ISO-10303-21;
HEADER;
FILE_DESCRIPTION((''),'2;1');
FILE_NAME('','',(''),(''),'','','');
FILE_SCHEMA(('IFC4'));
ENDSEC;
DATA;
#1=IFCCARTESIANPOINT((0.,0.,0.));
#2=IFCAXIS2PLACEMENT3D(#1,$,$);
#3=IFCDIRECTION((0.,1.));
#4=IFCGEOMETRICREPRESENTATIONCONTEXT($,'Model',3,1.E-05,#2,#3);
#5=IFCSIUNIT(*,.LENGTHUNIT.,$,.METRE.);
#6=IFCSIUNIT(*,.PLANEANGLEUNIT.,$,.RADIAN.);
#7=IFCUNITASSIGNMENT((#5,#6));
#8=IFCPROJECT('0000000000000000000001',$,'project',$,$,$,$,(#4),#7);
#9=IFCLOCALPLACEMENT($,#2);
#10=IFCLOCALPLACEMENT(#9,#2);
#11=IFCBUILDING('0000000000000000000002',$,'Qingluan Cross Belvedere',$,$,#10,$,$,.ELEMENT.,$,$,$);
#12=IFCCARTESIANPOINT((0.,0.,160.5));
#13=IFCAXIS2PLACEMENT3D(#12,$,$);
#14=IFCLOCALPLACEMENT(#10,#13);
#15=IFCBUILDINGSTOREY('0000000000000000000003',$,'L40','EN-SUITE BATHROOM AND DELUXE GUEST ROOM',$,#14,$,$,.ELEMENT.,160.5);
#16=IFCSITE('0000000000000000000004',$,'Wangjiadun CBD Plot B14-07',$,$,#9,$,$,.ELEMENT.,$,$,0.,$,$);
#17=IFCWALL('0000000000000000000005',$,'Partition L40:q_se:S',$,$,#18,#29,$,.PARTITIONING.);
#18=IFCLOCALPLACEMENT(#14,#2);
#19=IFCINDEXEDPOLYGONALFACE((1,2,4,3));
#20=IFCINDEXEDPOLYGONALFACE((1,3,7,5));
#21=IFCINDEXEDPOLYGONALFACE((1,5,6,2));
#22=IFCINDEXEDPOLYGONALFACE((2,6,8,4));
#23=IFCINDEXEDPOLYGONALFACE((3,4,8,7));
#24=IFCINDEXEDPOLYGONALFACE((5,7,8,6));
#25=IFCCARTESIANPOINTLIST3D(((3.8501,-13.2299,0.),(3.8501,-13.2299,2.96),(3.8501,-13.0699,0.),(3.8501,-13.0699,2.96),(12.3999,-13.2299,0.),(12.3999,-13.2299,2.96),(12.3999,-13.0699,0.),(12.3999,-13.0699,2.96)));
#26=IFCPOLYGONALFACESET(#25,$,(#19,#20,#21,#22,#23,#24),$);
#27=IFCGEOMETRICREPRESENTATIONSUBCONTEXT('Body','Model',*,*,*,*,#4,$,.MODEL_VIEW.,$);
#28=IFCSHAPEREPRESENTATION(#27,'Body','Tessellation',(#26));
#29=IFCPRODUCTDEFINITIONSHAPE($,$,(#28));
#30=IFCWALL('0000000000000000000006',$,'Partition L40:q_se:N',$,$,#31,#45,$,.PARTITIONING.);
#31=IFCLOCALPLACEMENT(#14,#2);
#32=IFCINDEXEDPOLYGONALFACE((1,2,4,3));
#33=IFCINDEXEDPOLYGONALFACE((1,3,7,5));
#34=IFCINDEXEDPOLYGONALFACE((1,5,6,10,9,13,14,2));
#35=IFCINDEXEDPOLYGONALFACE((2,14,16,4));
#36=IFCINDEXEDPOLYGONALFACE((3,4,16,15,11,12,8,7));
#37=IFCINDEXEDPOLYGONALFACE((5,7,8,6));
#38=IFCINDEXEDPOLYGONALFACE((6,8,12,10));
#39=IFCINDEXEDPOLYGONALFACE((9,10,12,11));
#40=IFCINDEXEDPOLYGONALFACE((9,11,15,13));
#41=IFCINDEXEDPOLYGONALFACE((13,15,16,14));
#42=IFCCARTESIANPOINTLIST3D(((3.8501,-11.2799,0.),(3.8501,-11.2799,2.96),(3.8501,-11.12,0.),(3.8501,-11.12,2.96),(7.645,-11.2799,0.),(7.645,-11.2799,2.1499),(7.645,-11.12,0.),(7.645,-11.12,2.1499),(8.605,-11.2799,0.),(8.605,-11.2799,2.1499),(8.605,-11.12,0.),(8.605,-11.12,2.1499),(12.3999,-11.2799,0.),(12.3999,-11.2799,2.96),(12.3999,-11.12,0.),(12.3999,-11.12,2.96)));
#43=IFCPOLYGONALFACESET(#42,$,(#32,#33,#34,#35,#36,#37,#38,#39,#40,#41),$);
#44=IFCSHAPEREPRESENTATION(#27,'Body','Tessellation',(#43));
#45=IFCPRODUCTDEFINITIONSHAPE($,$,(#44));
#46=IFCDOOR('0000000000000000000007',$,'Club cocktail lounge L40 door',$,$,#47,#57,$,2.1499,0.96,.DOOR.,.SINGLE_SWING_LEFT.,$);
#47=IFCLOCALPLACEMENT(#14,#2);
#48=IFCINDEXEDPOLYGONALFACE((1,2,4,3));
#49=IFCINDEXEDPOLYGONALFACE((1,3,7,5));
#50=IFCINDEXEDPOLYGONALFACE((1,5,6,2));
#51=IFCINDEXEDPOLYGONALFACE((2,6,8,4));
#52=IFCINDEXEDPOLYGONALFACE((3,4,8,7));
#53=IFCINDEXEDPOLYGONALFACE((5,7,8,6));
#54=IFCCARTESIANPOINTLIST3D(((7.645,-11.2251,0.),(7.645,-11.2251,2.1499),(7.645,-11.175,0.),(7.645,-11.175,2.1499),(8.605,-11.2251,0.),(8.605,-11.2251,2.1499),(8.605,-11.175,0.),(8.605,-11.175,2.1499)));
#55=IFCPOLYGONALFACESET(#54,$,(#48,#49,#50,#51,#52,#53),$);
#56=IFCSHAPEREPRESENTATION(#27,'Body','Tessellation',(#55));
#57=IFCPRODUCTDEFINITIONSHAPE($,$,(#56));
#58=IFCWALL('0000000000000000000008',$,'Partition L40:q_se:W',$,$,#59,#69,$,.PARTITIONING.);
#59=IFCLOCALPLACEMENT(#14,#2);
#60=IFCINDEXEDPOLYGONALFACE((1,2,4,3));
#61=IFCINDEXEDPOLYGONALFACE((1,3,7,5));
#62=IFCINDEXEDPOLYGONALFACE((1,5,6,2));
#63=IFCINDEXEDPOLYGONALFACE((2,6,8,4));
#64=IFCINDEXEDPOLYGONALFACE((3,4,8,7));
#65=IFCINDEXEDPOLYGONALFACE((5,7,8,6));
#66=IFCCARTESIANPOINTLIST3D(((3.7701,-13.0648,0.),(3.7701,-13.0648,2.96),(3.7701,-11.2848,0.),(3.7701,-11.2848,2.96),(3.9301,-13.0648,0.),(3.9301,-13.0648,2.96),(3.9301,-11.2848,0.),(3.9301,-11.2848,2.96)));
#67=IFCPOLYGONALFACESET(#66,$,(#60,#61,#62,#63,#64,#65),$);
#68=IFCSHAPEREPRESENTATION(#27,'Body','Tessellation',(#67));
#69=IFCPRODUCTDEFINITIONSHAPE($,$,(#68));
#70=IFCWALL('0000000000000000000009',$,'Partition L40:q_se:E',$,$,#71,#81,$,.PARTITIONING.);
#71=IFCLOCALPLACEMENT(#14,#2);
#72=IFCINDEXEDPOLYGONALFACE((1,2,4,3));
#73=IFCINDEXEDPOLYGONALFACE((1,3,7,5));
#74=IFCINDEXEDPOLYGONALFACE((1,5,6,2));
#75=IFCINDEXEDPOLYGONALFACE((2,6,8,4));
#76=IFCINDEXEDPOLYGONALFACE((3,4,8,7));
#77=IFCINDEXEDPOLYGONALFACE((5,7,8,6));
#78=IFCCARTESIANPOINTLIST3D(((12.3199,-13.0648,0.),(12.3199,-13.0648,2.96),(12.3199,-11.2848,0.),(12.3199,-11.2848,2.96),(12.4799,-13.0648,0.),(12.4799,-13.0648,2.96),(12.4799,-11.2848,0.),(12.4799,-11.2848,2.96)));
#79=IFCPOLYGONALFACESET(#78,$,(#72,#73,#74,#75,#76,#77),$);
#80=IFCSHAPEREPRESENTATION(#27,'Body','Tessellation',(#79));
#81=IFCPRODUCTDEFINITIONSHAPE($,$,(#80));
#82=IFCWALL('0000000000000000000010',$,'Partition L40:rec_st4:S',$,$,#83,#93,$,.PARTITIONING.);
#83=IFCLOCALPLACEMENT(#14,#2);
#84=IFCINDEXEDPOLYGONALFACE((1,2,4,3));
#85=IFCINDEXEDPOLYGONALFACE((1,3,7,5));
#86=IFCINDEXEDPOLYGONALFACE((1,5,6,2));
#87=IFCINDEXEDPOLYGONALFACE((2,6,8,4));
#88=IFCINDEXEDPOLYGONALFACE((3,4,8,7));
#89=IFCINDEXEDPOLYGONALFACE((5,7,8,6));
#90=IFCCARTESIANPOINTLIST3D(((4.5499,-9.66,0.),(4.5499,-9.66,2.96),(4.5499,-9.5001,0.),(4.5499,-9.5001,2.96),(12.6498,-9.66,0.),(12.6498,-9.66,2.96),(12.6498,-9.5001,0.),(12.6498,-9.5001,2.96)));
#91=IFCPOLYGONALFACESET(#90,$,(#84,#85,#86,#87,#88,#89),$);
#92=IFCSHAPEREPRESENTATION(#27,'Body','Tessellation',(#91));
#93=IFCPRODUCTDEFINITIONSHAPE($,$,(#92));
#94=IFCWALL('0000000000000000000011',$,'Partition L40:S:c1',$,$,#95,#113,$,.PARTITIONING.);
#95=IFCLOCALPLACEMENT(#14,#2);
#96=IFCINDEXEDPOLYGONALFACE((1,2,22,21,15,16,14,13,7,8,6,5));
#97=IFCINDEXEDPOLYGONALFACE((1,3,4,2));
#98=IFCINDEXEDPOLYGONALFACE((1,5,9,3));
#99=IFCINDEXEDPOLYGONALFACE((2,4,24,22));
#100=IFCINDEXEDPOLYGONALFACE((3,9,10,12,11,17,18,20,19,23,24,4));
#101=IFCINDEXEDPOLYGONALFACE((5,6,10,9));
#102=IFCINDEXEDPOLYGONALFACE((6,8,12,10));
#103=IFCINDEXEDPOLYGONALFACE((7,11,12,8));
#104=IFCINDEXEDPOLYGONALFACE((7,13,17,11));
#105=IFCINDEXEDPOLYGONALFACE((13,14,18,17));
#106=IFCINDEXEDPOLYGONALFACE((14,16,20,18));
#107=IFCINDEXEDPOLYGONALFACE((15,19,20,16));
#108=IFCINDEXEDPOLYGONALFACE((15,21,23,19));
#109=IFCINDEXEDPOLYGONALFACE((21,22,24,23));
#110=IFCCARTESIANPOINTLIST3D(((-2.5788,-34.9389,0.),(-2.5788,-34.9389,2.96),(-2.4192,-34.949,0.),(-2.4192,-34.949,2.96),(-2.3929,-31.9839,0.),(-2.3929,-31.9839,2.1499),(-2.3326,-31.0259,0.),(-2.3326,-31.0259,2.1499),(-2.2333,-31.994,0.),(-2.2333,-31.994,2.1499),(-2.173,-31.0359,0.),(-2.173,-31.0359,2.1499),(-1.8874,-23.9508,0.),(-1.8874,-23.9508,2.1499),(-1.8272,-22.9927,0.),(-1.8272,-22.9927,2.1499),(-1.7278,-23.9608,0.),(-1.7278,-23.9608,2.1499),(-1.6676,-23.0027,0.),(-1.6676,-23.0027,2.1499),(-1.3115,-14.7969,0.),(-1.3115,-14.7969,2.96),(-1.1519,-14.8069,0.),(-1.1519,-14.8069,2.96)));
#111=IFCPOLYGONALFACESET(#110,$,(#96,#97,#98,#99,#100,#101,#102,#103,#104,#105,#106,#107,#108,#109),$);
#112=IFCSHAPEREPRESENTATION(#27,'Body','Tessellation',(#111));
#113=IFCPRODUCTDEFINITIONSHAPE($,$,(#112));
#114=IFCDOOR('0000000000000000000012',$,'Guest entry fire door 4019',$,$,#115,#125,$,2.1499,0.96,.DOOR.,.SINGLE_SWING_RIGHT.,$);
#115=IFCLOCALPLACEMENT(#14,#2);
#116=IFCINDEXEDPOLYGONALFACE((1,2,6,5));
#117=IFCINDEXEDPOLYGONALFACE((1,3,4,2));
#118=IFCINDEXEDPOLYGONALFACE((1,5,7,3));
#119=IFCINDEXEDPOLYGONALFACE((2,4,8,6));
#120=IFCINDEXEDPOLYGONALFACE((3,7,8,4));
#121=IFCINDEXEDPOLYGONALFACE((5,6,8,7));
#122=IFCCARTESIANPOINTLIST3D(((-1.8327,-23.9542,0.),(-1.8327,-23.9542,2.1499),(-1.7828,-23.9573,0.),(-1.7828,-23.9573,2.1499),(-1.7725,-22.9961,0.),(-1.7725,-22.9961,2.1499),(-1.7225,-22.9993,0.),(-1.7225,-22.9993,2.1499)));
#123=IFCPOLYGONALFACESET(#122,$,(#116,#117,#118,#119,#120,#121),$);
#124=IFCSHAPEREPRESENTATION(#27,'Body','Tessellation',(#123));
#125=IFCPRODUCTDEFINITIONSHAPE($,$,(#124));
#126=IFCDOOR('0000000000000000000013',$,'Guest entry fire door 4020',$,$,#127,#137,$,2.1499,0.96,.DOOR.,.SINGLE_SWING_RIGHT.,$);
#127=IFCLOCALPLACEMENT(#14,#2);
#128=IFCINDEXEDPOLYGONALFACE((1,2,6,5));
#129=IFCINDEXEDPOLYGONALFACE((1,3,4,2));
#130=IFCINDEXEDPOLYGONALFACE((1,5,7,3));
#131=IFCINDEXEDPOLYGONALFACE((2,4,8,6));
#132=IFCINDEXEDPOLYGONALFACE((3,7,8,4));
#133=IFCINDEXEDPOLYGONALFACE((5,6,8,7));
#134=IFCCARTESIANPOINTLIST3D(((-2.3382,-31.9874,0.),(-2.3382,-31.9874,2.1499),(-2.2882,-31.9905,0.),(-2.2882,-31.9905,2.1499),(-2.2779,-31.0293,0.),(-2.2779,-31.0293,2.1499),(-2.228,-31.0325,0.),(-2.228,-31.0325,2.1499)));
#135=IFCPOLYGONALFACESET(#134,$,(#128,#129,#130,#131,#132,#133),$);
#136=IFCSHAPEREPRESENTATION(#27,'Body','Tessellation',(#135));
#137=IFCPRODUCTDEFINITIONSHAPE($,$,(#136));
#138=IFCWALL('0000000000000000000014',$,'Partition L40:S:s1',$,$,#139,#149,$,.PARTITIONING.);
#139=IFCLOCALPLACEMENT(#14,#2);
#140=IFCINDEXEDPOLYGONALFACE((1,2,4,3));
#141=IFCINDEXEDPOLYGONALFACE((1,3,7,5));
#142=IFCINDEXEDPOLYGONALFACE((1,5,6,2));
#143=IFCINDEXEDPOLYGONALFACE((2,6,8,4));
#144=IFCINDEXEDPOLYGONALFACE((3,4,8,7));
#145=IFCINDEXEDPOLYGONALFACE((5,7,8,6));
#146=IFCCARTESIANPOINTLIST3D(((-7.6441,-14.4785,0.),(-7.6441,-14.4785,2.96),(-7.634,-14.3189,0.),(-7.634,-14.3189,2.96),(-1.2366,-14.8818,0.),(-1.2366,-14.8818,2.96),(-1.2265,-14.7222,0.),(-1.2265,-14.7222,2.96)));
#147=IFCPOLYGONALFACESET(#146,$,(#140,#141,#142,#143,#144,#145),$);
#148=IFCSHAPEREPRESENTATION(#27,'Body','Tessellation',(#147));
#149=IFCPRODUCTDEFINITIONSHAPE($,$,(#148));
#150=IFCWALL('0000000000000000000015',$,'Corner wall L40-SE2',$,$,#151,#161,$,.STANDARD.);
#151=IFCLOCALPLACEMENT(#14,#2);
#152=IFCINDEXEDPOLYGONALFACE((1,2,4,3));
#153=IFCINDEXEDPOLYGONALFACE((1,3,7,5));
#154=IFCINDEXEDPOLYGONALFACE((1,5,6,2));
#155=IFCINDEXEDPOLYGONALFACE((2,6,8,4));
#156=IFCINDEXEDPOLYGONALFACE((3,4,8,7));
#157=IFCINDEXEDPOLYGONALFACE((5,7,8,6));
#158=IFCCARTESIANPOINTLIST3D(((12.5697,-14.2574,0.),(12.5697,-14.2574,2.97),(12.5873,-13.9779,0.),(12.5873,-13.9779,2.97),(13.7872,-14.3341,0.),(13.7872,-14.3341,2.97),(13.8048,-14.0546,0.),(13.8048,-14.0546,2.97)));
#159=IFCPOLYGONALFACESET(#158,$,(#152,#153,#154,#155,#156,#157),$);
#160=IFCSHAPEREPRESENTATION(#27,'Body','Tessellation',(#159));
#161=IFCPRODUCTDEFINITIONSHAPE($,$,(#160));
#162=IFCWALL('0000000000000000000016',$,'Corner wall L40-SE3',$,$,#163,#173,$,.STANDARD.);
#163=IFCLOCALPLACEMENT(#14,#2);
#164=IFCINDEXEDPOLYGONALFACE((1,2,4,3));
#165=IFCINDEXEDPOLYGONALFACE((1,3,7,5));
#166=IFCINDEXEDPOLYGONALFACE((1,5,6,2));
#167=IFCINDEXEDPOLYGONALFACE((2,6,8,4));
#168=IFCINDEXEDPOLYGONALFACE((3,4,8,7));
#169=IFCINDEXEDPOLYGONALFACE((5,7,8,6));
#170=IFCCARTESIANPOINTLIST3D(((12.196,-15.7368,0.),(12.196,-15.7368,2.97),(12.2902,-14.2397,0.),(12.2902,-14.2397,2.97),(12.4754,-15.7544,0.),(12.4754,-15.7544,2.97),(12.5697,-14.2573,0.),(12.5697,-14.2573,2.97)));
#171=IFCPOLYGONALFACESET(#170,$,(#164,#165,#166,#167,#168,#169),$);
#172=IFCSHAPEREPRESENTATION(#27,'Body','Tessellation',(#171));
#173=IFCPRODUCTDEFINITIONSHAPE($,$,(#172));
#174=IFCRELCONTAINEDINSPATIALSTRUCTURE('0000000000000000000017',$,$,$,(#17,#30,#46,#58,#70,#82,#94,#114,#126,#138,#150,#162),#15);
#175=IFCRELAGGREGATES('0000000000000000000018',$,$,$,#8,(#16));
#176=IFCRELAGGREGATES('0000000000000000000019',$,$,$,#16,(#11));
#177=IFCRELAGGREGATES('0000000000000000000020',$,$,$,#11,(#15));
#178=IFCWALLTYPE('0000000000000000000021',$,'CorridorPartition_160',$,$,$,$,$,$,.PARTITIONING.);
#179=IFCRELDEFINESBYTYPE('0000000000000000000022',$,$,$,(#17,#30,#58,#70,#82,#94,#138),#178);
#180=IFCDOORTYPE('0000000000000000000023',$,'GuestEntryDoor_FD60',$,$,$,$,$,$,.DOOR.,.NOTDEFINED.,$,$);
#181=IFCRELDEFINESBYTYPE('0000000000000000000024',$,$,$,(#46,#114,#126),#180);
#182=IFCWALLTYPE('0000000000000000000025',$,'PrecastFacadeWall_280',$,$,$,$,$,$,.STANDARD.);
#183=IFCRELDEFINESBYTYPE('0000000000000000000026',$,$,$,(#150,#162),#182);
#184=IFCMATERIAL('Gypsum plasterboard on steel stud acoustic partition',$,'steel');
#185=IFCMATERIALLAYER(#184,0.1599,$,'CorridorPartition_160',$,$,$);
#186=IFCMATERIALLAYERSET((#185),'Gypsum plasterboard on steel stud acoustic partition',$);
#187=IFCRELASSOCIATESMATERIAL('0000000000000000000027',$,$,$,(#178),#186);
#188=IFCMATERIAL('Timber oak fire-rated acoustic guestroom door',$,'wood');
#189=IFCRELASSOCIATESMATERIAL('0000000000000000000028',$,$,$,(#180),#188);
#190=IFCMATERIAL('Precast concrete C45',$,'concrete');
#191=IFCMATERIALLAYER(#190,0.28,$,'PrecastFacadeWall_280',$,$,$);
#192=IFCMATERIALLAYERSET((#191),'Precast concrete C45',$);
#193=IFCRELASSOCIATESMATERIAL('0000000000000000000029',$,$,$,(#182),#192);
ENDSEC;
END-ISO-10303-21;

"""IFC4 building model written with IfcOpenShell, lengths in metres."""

from ifc_helpers import new_model, si_unit, direction, frame, frame_2d, origin, place, context, subcontext, project, spatial, rectangle, extrude, material, layer, layer_set, type_object, element, fill, save


model = new_model("IFC4")

# Units and contexts
model_context = context("Model", 3, precision=1e-05, world=origin(), true_north=direction((0.0, 1.0)))
body_context = subcontext(model_context, "Body", "Model", "MODEL_VIEW")
ifc_project = project(units=[si_unit("LENGTHUNIT", "METRE"), si_unit("PLANEANGLEUNIT", "RADIAN")], contexts=[model_context])

# Site, building, storey
site_placement = place(None, origin())
site = spatial("IfcSite", under=ifc_project, at=site_placement, Name="Wangjiadun CBD Plot B14-07", CompositionType="ELEMENT", RefElevation=0.0)
building_placement = place(site_placement, origin())
building = spatial("IfcBuilding", under=site, at=building_placement, Name="Qingluan Cross Belvedere", CompositionType="ELEMENT")
storey_placement = place(building_placement, frame((0.0, 0.0, 160.5)))
storey = spatial("IfcBuildingStorey", under=building, at=storey_placement, Name="L40", Description="EN-SUITE BATHROOM AND DELUXE GUEST ROOM", CompositionType="ELEMENT", Elevation=160.5)

# Wall
ifc_material_1 = material(Name="Gypsum plasterboard on steel stud acoustic partition", Category="steel")
ifc_layer_1 = layer(ifc_material_1, 0.1599, Name="CorridorPartition_160")
ifc_layer_set_1 = layer_set([ifc_layer_1], Name="Gypsum plasterboard on steel stud acoustic partition")
wall_type_1 = type_object("IfcWallType", Name="CorridorPartition_160", PredefinedType="PARTITIONING", material=ifc_layer_set_1)
wall_1_placement = place(storey_placement, frame((3.8501, -13.1499, 0.0), z_axis=(0.0, 0.0, 1.0), x_axis=(1.0, 0.0, 0.0)))
element("IfcWall", 1, at=wall_1_placement, inside=storey, type_object=wall_type_1, Name="Partition L40:q_se:S", PredefinedType="PARTITIONING", context=body_context, shape_type="SweptSolid", body=[
    extrude(rectangle(XDim=8.5498, YDim=0.1599, at=frame_2d((4.2749, 0.0))), origin(), (0.0, 0.0, 1.0), 2.96),
])

# Wall, opening, door
wall_2_placement = place(storey_placement, frame((3.8501, -11.2, 0.0), z_axis=(0.0, 0.0, 1.0), x_axis=(1.0, 0.0, 0.0)))
wall_2 = element("IfcWall", 2, at=wall_2_placement, inside=storey, type_object=wall_type_1, Name="Partition L40:q_se:N", PredefinedType="PARTITIONING", context=body_context, shape_type="SweptSolid", body=[
    extrude(rectangle(XDim=8.5498, YDim=0.1599, at=frame_2d((4.2749, 0.0))), origin(), (0.0, 0.0, 1.0), 2.96),
])
opening_1_placement = place(wall_2_placement, frame((3.7949, 0.0, 0.0)))
opening_1 = element("IfcOpeningElement", 3, at=opening_1_placement, cuts=wall_2, PredefinedType="OPENING", context=body_context, shape_type="SweptSolid", body=[
    extrude(rectangle(XDim=0.96, YDim=2.1499, at=frame_2d((0.48, 1.075))), frame((0.0, 0.0898, 0.0), z_axis=(0.0, -1.0, 0.0), x_axis=(1.0, 0.0, 0.0)), (0.0, 0.0, 1.0), 0.1799),
])
ifc_material_2 = material(Name="Timber oak fire-rated acoustic guestroom door", Category="wood")
door_type = type_object("IfcDoorType", Name="GuestEntryDoor_FD60", OperationType="NOTDEFINED", PredefinedType="DOOR", material=ifc_material_2)
door_1_placement = place(opening_1_placement, origin())
door_1 = element("IfcDoor", 4, at=door_1_placement, inside=storey, type_object=door_type, Name="Club cocktail lounge L40 door", OperationType="SINGLE_SWING_LEFT", OverallHeight=2.1499, OverallWidth=0.96, PredefinedType="DOOR", context=body_context, shape_type="SweptSolid", body=[
    extrude(rectangle(XDim=0.96, YDim=2.1499, at=frame_2d((0.48, 1.075))), frame((0.0, 0.0249, 0.0), z_axis=(0.0, -1.0, 0.0), x_axis=(1.0, 0.0, 0.0)), (0.0, 0.0, 1.0), 0.05),
])
fill(opening_1, door_1)

# Walls
for number, where, z_axis, x_axis, name in (
    (5, (3.8501, -13.0649, 0.0), (0.0, 0.0, 1.0), (0.0, 1.0, 0.0), "Partition L40:q_se:W"),
    (6, (12.3999, -13.0649, 0.0), (0.0, 0.0, 1.0), (0.0, 1.0, 0.0), "Partition L40:q_se:E"),
):
    element("IfcWall", number, at=place(storey_placement, frame(where, z_axis=z_axis, x_axis=x_axis)), inside=storey, type_object=wall_type_1, Name=name, PredefinedType="PARTITIONING", context=body_context, shape_type="SweptSolid", body=[
        extrude(rectangle(XDim=1.78, YDim=0.1599, at=frame_2d((0.8901, 0.0))), origin(), (0.0, 0.0, 1.0), 2.96),
    ])
wall_3_placement = place(storey_placement, frame((4.55, -9.5801, 0.0), z_axis=(0.0, 0.0, 1.0), x_axis=(1.0, 0.0, 0.0)))
element("IfcWall", 7, at=wall_3_placement, inside=storey, type_object=wall_type_1, Name="Partition L40:rec_st4:S", PredefinedType="PARTITIONING", context=body_context, shape_type="SweptSolid", body=[
    extrude(rectangle(XDim=8.0999, YDim=0.1599, at=frame_2d((4.0498, 0.0))), origin(), (0.0, 0.0, 1.0), 2.96),
])

# Wall, openings, doors
wall_4_placement = place(storey_placement, frame((-1.2317, -14.802, 0.0), z_axis=(0.0, 0.0, 1.0), x_axis=(-0.062796, -0.998026, 0.0)))
wall_4 = element("IfcWall", 8, at=wall_4_placement, inside=storey, type_object=wall_type_1, Name="Partition L40:S:c1", PredefinedType="PARTITIONING", context=body_context, shape_type="SweptSolid", body=[
    extrude(rectangle(XDim=20.1819, YDim=0.1599, at=frame_2d((10.0908, 0.0))), origin(), (0.0, 0.0, 1.0), 2.96),
])
opening_2_placement = place(wall_4_placement, frame((8.2119, 0.0, 0.0)))
opening_2 = element("IfcOpeningElement", 9, at=opening_2_placement, cuts=wall_4, PredefinedType="OPENING", context=body_context, shape_type="SweptSolid", body=[
    extrude(rectangle(XDim=0.96, YDim=2.1499, at=frame_2d((0.48, 1.075))), frame((0.0, 0.0898, 0.0), z_axis=(0.0, -1.0, 0.0), x_axis=(1.0, 0.0, 0.0)), (0.0, 0.0, 1.0), 0.1799),
])
opening_3_placement = place(wall_4_placement, frame((16.261, 0.0, 0.0)))
opening_3 = element("IfcOpeningElement", 10, at=opening_3_placement, cuts=wall_4, PredefinedType="OPENING", context=body_context, shape_type="SweptSolid", body=[
    extrude(rectangle(XDim=0.96, YDim=2.1499, at=frame_2d((0.48, 1.075))), frame((0.0, 0.0898, 0.0), z_axis=(0.0, -1.0, 0.0), x_axis=(1.0, 0.0, 0.0)), (0.0, 0.0, 1.0), 0.1799),
])
door_2_placement = place(opening_2_placement, origin())
door_2 = element("IfcDoor", 11, at=door_2_placement, inside=storey, type_object=door_type, Name="Guest entry fire door 4019", OperationType="SINGLE_SWING_RIGHT", OverallHeight=2.1499, OverallWidth=0.96, PredefinedType="DOOR", context=body_context, shape_type="SweptSolid", body=[
    extrude(rectangle(XDim=0.96, YDim=2.1499, at=frame_2d((0.48, 1.075))), frame((0.0, 0.0249, 0.0), z_axis=(0.0, -1.0, 0.0), x_axis=(1.0, 0.0, 0.0)), (0.0, 0.0, 1.0), 0.05),
])
fill(opening_2, door_2)
door_3_placement = place(opening_3_placement, origin())
door_3 = element("IfcDoor", 12, at=door_3_placement, inside=storey, type_object=door_type, Name="Guest entry fire door 4020", OperationType="SINGLE_SWING_RIGHT", OverallHeight=2.1499, OverallWidth=0.96, PredefinedType="DOOR", context=body_context, shape_type="SweptSolid", body=[
    extrude(rectangle(XDim=0.96, YDim=2.1499, at=frame_2d((0.48, 1.075))), frame((0.0, 0.0249, 0.0), z_axis=(0.0, -1.0, 0.0), x_axis=(1.0, 0.0, 0.0)), (0.0, 0.0, 1.0), 0.05),
])
fill(opening_3, door_3)

# Walls
wall_5_placement = place(storey_placement, frame((-1.2317, -14.802, 0.0), z_axis=(0.0, 0.0, 1.0), x_axis=(-0.998025, 0.062821, 0.0)))
element("IfcWall", 13, at=wall_5_placement, inside=storey, type_object=wall_type_1, Name="Partition L40:S:s1", PredefinedType="PARTITIONING", context=body_context, shape_type="SweptSolid", body=[
    extrude(rectangle(XDim=6.4202, YDim=0.1599, at=frame_2d((3.21, 0.0))), origin(), (0.0, 0.0, 1.0), 2.96),
])
ifc_material_3 = material(Name="Precast concrete C45", Category="concrete")
ifc_layer_2 = layer(ifc_material_3, 0.28, Name="PrecastFacadeWall_280")
ifc_layer_set_2 = layer_set([ifc_layer_2], Name="Precast concrete C45")
wall_type_2 = type_object("IfcWallType", Name="PrecastFacadeWall_280", PredefinedType="STANDARD", material=ifc_layer_set_2)
wall_6_placement = place(storey_placement, frame((13.7959, -14.1943, 0.0), z_axis=(0.0, 0.0, 1.0), x_axis=(-0.998024, 0.062839, 0.0)))
element("IfcWall", 14, at=wall_6_placement, inside=storey, type_object=wall_type_2, Name="Corner wall L40-SE2", PredefinedType="STANDARD", context=body_context, shape_type="SweptSolid", body=[
    extrude(rectangle(XDim=1.22, YDim=0.28, at=frame_2d((0.6099, 0.0))), origin(), (0.0, 0.0, 1.0), 2.97),
])
wall_7_placement = place(storey_placement, frame((12.4299, -14.2485, 0.0), z_axis=(0.0, 0.0, 1.0), x_axis=(-0.062824, -0.998025, 0.0)))
element("IfcWall", 15, at=wall_7_placement, inside=storey, type_object=wall_type_2, Name="Corner wall L40-SE3", PredefinedType="STANDARD", context=body_context, shape_type="SweptSolid", body=[
    extrude(rectangle(XDim=1.5, YDim=0.28, at=frame_2d((0.75, 0.0))), origin(), (0.0, 0.0, 1.0), 2.97),
])

save(model, "model.ifc")
